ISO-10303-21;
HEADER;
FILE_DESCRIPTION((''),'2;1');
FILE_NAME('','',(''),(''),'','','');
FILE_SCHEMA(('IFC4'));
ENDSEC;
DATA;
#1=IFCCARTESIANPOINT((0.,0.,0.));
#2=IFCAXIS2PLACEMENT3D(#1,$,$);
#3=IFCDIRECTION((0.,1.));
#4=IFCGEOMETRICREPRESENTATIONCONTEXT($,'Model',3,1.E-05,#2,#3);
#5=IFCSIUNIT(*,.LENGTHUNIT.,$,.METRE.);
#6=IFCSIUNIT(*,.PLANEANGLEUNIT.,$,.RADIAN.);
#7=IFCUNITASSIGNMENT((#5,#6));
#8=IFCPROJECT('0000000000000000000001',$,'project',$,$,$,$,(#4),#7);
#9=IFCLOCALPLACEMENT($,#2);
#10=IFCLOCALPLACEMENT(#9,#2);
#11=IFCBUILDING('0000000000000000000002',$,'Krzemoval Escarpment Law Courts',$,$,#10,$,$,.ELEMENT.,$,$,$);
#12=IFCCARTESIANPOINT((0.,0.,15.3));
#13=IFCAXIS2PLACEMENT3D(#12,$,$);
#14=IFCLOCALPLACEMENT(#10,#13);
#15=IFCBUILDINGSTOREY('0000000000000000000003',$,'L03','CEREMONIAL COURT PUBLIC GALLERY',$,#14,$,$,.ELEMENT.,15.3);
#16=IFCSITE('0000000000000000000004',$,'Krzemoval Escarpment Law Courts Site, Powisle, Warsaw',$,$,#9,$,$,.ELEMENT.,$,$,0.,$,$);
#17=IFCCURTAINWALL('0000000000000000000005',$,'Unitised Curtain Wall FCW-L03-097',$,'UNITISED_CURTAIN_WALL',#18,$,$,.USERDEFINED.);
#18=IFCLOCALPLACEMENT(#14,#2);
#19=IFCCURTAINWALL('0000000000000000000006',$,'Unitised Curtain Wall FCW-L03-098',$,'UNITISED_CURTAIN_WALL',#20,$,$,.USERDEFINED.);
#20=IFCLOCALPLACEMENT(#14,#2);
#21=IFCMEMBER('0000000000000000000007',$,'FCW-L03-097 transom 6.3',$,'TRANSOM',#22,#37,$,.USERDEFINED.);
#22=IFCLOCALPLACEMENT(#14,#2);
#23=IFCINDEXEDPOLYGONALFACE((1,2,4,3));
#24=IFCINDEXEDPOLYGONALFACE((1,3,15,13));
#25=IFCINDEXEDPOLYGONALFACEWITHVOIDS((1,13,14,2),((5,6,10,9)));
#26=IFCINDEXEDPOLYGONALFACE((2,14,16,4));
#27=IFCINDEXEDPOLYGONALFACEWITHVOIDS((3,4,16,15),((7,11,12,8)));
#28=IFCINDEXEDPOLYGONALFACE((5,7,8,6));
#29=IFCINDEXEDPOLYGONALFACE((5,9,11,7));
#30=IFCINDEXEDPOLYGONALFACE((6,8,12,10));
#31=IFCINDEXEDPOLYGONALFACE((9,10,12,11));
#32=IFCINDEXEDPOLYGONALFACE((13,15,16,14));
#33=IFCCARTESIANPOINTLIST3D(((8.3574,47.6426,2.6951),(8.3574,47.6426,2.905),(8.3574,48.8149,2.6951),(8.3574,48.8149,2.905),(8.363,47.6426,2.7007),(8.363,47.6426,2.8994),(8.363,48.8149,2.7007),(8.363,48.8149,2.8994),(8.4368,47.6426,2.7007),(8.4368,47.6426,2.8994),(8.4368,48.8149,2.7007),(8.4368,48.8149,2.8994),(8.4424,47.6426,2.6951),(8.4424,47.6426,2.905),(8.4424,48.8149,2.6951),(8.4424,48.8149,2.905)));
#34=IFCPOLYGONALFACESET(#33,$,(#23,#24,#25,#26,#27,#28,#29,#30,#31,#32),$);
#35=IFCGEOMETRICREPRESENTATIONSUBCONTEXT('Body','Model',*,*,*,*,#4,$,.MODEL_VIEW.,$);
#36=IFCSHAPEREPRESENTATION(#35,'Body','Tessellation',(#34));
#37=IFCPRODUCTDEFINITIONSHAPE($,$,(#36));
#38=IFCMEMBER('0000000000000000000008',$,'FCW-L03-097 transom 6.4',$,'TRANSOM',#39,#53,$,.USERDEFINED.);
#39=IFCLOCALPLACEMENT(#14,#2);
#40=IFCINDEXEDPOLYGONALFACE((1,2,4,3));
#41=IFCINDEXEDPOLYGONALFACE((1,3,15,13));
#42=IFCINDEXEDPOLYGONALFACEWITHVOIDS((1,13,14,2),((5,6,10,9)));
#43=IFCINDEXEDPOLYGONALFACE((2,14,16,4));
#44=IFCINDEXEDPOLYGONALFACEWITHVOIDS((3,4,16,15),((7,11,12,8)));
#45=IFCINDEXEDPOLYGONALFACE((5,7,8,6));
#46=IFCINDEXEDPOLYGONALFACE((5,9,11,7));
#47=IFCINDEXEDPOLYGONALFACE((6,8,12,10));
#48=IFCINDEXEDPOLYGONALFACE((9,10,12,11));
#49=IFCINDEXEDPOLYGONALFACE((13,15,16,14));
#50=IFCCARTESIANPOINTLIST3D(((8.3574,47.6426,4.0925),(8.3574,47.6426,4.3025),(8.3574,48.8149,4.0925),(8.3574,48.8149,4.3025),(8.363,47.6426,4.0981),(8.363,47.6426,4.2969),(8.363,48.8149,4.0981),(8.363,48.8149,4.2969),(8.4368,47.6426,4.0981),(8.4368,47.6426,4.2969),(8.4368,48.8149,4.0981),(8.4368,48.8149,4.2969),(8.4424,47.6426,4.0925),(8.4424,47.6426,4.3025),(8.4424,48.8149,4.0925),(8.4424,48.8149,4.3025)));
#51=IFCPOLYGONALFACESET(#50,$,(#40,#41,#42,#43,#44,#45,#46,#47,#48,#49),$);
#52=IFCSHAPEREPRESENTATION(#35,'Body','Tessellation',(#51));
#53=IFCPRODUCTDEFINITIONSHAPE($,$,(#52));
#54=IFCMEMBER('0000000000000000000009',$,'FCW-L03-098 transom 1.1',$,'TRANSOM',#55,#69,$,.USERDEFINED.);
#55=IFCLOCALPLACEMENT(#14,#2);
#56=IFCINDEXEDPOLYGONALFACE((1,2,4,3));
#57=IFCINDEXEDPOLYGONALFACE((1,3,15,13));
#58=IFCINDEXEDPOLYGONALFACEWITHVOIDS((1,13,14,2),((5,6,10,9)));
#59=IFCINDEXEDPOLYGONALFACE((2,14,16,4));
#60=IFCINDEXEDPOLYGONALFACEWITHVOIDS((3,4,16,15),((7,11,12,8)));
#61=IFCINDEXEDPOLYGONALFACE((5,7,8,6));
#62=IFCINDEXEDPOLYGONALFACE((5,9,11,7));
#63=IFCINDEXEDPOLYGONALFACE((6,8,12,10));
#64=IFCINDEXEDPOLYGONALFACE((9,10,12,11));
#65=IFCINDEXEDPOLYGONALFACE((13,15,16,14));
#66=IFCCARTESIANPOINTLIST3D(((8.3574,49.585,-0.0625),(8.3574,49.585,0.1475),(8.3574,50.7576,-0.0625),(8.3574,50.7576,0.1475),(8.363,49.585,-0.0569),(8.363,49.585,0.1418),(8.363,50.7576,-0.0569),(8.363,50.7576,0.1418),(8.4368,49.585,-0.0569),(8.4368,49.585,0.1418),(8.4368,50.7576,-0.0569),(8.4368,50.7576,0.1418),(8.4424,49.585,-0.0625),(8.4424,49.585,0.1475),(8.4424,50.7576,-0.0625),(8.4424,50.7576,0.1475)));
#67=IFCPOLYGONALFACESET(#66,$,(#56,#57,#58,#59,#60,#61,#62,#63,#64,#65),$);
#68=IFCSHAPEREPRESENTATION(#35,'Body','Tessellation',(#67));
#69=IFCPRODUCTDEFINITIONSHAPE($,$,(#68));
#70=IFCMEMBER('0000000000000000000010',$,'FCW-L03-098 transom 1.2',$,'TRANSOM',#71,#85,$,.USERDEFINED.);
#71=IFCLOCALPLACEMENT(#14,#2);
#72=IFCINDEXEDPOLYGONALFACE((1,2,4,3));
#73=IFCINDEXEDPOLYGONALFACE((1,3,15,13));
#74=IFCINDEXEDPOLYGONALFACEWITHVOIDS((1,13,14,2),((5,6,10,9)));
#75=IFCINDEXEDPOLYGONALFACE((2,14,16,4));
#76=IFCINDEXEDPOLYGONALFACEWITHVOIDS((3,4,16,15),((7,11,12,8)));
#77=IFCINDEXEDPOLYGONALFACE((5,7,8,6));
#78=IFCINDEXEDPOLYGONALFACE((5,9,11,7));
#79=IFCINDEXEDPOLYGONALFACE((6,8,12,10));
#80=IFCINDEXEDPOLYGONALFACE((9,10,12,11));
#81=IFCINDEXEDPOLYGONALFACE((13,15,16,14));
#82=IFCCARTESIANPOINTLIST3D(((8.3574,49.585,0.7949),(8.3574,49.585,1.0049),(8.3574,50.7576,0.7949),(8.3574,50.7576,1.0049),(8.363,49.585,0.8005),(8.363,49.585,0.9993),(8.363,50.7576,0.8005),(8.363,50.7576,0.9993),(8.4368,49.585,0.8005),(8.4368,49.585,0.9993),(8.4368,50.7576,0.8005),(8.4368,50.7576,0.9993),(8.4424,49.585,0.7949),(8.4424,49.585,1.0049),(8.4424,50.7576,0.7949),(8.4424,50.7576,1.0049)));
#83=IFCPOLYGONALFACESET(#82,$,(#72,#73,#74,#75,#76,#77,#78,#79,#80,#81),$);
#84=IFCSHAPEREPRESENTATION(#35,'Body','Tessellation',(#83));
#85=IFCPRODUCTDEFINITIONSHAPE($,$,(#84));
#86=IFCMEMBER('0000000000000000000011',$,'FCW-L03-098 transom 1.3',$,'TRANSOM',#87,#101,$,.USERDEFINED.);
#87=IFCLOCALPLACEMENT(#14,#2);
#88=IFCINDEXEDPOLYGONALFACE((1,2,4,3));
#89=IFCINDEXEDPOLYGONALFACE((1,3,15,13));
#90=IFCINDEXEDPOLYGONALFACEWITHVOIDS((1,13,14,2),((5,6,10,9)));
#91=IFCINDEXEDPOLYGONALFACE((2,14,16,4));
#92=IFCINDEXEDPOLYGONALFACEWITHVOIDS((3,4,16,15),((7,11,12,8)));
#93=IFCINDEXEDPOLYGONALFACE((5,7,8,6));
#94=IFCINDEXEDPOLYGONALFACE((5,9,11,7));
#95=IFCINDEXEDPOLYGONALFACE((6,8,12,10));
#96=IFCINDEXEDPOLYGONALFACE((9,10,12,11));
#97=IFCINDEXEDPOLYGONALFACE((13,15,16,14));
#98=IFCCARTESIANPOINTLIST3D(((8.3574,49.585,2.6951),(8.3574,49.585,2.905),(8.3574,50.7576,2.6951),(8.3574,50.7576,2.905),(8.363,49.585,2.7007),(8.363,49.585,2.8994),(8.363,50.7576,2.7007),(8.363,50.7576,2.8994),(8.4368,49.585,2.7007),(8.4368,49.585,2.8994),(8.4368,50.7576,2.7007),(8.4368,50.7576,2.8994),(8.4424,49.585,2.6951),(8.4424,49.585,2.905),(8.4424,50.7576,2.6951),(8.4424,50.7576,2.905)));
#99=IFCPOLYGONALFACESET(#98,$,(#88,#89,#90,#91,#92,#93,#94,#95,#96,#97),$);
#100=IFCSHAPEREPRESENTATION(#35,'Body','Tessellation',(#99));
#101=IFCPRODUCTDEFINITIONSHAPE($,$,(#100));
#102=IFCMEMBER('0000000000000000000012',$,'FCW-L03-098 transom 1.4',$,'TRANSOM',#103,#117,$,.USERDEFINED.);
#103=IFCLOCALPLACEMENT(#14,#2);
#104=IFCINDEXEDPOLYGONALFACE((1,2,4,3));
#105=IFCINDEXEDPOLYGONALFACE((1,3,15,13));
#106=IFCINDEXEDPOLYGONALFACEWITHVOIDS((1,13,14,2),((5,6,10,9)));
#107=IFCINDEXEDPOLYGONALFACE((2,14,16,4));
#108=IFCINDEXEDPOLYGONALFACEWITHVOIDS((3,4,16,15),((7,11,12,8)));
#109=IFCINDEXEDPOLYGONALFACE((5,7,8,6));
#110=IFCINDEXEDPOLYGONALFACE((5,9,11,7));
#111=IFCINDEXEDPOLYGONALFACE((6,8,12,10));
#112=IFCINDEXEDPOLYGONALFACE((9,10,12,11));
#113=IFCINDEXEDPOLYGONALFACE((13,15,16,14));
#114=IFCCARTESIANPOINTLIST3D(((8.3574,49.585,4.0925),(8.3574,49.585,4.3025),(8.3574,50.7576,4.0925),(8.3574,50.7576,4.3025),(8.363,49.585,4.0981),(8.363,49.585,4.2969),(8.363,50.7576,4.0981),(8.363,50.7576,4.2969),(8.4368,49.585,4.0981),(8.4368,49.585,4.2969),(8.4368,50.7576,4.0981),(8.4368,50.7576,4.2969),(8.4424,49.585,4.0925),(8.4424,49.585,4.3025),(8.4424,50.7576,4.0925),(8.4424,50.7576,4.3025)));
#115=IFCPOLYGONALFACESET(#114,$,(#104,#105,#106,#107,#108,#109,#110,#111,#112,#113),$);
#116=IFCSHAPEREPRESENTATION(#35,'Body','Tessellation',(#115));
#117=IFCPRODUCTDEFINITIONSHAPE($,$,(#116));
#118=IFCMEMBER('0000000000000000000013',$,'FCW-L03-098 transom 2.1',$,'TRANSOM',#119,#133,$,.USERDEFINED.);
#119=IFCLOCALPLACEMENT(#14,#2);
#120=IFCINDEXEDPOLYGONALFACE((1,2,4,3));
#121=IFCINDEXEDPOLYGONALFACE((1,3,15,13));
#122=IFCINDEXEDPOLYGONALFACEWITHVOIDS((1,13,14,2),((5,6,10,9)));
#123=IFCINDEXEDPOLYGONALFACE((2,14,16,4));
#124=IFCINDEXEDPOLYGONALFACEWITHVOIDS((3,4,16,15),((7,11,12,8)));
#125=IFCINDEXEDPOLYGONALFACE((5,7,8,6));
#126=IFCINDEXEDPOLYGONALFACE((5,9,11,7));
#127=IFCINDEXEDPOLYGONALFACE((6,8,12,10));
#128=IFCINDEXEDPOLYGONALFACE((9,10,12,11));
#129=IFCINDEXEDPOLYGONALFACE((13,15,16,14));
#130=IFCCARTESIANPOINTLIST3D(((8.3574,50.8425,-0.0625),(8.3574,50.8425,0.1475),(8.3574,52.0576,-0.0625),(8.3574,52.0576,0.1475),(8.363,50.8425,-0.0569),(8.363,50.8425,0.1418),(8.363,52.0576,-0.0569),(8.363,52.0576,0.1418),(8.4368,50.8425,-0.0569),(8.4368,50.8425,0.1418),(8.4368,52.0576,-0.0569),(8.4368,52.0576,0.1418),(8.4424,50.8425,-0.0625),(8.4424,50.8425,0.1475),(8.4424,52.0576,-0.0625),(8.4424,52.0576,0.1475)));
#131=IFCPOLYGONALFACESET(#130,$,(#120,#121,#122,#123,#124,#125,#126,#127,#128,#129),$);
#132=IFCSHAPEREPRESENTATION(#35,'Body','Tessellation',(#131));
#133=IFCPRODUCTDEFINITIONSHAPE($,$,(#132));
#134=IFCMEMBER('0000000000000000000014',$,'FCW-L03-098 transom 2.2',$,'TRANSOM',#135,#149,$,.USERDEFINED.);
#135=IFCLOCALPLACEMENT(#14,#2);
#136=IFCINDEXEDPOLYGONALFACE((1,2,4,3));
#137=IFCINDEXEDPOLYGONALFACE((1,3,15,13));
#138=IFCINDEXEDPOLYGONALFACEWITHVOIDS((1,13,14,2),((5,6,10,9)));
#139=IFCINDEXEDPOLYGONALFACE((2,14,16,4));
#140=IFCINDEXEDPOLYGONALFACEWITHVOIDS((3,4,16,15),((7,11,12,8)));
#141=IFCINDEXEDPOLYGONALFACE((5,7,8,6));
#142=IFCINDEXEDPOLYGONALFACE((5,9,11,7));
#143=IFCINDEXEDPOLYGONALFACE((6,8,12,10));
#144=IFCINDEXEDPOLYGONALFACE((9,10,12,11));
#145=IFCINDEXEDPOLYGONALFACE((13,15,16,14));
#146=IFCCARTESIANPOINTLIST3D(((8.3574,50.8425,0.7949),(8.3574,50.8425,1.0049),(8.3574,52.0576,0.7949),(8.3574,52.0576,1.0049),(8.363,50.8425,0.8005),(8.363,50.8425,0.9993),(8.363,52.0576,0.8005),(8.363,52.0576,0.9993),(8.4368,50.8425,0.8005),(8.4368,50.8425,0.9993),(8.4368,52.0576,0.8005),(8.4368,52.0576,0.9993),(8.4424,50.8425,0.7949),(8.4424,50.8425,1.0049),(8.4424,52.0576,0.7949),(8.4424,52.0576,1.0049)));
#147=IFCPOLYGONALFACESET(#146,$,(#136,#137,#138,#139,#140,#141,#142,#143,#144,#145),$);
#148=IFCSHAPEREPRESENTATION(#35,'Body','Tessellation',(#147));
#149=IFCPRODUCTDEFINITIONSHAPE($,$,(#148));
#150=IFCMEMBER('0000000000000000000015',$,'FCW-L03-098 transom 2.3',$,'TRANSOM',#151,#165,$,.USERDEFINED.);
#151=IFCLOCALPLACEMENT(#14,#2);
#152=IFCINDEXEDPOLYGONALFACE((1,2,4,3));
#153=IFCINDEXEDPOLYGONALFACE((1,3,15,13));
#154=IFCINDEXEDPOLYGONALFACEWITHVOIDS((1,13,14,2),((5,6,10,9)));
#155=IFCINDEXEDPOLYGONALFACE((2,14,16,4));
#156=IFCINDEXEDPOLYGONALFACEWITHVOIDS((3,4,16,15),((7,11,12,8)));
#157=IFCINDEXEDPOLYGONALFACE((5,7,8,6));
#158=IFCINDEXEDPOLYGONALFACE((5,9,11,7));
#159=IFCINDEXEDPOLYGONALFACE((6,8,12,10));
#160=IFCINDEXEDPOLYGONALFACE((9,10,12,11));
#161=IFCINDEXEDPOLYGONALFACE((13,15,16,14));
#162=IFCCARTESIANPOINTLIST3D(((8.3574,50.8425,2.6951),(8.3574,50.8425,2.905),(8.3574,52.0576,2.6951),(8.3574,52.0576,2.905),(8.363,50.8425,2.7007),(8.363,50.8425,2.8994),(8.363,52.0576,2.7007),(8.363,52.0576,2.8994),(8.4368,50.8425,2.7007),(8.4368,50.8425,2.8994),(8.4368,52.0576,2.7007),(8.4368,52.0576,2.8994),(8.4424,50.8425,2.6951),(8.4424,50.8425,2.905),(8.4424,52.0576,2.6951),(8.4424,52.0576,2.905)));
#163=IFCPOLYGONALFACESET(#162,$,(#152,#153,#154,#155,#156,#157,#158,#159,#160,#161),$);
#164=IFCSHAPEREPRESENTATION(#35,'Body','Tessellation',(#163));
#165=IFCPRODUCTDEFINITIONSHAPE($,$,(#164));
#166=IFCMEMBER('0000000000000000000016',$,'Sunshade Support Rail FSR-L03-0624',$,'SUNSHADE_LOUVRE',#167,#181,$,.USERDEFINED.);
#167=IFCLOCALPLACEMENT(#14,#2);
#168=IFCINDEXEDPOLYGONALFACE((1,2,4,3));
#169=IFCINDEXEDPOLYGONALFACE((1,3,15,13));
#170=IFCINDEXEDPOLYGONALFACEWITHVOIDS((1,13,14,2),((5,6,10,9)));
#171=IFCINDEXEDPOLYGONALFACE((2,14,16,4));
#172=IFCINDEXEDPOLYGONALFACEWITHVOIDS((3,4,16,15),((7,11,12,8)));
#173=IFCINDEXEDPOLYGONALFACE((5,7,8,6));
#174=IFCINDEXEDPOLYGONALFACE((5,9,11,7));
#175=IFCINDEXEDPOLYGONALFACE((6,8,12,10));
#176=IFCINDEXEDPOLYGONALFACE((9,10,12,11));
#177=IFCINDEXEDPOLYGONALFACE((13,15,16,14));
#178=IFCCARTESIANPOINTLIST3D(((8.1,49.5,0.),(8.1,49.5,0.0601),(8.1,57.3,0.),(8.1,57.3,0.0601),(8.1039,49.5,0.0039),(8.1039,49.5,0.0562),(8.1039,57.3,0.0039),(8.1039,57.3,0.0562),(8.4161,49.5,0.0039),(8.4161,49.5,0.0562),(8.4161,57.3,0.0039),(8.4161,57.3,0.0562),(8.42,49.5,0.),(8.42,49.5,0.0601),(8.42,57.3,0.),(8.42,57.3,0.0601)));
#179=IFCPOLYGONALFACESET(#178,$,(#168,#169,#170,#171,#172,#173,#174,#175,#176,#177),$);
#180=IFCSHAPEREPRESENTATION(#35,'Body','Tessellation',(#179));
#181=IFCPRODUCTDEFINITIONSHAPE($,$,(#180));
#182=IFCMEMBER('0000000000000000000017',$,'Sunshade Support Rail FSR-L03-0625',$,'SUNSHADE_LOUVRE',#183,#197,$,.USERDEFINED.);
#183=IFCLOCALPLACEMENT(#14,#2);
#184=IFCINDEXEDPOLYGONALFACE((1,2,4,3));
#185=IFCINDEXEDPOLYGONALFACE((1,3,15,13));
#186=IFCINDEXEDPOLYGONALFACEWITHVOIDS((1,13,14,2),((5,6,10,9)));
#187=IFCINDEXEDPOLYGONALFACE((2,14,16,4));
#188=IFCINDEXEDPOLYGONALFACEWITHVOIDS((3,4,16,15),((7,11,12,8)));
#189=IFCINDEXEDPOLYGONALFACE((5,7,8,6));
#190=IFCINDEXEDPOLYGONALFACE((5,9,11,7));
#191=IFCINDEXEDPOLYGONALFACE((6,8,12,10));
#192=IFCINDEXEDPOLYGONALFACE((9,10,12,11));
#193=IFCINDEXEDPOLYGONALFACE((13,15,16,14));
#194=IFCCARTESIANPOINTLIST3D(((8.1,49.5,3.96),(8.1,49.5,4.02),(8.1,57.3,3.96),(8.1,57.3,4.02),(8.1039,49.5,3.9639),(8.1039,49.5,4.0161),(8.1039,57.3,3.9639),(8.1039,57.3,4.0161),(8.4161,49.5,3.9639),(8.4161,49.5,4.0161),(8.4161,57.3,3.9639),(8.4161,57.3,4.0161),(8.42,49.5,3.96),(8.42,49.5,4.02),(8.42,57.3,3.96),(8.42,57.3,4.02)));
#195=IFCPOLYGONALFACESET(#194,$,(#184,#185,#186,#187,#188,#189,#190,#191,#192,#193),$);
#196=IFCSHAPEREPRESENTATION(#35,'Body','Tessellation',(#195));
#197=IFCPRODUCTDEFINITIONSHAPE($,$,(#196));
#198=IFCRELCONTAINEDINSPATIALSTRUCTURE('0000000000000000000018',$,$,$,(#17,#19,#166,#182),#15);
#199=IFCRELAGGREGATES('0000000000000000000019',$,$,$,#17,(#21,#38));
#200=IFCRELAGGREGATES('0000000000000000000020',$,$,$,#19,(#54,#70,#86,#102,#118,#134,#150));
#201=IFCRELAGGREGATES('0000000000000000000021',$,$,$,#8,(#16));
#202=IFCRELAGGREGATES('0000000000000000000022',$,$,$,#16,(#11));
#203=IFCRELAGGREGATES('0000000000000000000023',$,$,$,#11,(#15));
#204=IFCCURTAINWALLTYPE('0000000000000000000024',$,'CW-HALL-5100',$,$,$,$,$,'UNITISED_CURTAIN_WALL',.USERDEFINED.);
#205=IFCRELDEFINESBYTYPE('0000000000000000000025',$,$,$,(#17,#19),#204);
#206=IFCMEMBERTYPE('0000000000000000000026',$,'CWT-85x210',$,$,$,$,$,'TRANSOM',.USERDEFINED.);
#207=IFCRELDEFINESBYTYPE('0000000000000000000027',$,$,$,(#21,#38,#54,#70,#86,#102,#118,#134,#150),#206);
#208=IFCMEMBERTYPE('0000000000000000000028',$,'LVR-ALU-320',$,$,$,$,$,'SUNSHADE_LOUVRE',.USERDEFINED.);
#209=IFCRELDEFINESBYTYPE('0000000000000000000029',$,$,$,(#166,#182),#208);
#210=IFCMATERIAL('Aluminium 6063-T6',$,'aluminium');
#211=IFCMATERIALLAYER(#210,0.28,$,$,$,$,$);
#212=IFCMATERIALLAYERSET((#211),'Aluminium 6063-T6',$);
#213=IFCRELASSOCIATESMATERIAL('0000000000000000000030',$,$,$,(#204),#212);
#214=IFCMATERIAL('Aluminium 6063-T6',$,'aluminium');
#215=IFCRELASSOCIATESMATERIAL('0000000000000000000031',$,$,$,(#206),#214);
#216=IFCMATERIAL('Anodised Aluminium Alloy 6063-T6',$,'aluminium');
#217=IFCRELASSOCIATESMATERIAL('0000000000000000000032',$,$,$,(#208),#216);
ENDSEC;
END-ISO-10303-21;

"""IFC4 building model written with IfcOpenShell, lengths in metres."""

from ifc_helpers import new_model, si_unit, direction, frame, origin, origin_2d, place, context, subcontext, project, spatial, hollow_rectangle, extrude, material, layer, layer_set, material_profile, profile_set, type_object, element, aggregate, save


model = new_model("IFC4")

# Units and contexts
model_context = context("Model", 3, precision=1e-05, world=origin(), true_north=direction((0.0, 1.0)))
body_context = subcontext(model_context, "Body", "Model", "MODEL_VIEW")
ifc_project = project(units=[si_unit("LENGTHUNIT", "METRE"), si_unit("PLANEANGLEUNIT", "RADIAN")], contexts=[model_context])

# Site, building, storey
site_placement = place(None, origin())
site = spatial("IfcSite", under=ifc_project, at=site_placement, Name="Krzemoval Escarpment Law Courts Site, Powisle, Warsaw", CompositionType="ELEMENT", RefElevation=0.0)
building_placement = place(site_placement, origin())
building = spatial("IfcBuilding", under=site, at=building_placement, Name="Krzemoval Escarpment Law Courts", CompositionType="ELEMENT")
storey_placement = place(building_placement, frame((0.0, 0.0, 15.3)))
storey = spatial("IfcBuildingStorey", under=building, at=storey_placement, Name="L03", Description="CEREMONIAL COURT PUBLIC GALLERY", CompositionType="ELEMENT", Elevation=15.3)

# Curtain walls
ifc_material_1 = material(Name="Aluminium 6063-T6", Category="aluminium")
ifc_layer_1 = layer(ifc_material_1, 0.28)
ifc_layer_set_1 = layer_set([ifc_layer_1], Name="Aluminium 6063-T6")
curtain_wall_type = type_object("IfcCurtainWallType", Name="CW-HALL-5100", ElementType="UNITISED_CURTAIN_WALL", PredefinedType="USERDEFINED", material=ifc_layer_set_1)
curtain_wall_1_placement = place(storey_placement, origin())
curtain_wall_1 = element("IfcCurtainWall", 1, at=curtain_wall_1_placement, inside=storey, type_object=curtain_wall_type, Name="Unitised Curtain Wall FCW-L03-097", ObjectType="UNITISED_CURTAIN_WALL", PredefinedType="USERDEFINED")
curtain_wall_2_placement = place(storey_placement, origin())
curtain_wall_2 = element("IfcCurtainWall", 2, at=curtain_wall_2_placement, inside=storey, type_object=curtain_wall_type, Name="Unitised Curtain Wall FCW-L03-098", ObjectType="UNITISED_CURTAIN_WALL", PredefinedType="USERDEFINED")

# Members
ifc_material_2 = material(Name="Aluminium 6063-T6", Category="aluminium")
ifc_material_profile_1 = material_profile(ifc_material_2, hollow_rectangle(XDim=0.085, YDim=0.21, WallThickness=0.0056, at=origin_2d()), Name="ALU T85x210")
ifc_profile_set_1 = profile_set([ifc_material_profile_1], Name="Aluminium 6063-T6")
member_type_1 = type_object("IfcMemberType", Name="CWT-85x210", ElementType="TRANSOM", PredefinedType="USERDEFINED", material=ifc_profile_set_1)
member_1_placement = place(storey_placement, frame((8.3999, 47.6426, 2.8), z_axis=(0.0, 1.0, 0.0), x_axis=(-1.0, 0.0, 0.0)))
member_1 = element("IfcMember", 3, at=member_1_placement, type_object=member_type_1, Name="FCW-L03-097 transom 6.3", ObjectType="TRANSOM", PredefinedType="USERDEFINED", context=body_context, shape_type="SweptSolid", body=[
    extrude(hollow_rectangle(XDim=0.085, YDim=0.21, WallThickness=0.0056, at=origin_2d()), origin(), (0.0, 0.0, 1.0), 1.1724),
])
member_2_placement = place(storey_placement, frame((8.3999, 47.6426, 4.1975), z_axis=(0.0, 1.0, 0.0), x_axis=(-1.0, 0.0, 0.0)))
member_2 = element("IfcMember", 4, at=member_2_placement, type_object=member_type_1, Name="FCW-L03-097 transom 6.4", ObjectType="TRANSOM", PredefinedType="USERDEFINED", context=body_context, shape_type="SweptSolid", body=[
    extrude(hollow_rectangle(XDim=0.085, YDim=0.21, WallThickness=0.0056, at=origin_2d()), origin(), (0.0, 0.0, 1.0), 1.1724),
])
member_3_placement = place(storey_placement, frame((8.3999, 49.585, 0.0425), z_axis=(0.0, 1.0, 0.0), x_axis=(-1.0, 0.0, 0.0)))
member_3 = element("IfcMember", 5, at=member_3_placement, type_object=member_type_1, Name="FCW-L03-098 transom 1.1", ObjectType="TRANSOM", PredefinedType="USERDEFINED", context=body_context, shape_type="SweptSolid", body=[
    extrude(hollow_rectangle(XDim=0.085, YDim=0.21, WallThickness=0.0056, at=origin_2d()), origin(), (0.0, 0.0, 1.0), 1.1726),
])
member_4_placement = place(storey_placement, frame((8.3999, 49.585, 0.8999), z_axis=(0.0, 1.0, 0.0), x_axis=(-1.0, 0.0, 0.0)))
member_4 = element("IfcMember", 6, at=member_4_placement, type_object=member_type_1, Name="FCW-L03-098 transom 1.2", ObjectType="TRANSOM", PredefinedType="USERDEFINED", context=body_context, shape_type="SweptSolid", body=[
    extrude(hollow_rectangle(XDim=0.085, YDim=0.21, WallThickness=0.0056, at=origin_2d()), origin(), (0.0, 0.0, 1.0), 1.1726),
])
member_5_placement = place(storey_placement, frame((8.3999, 49.585, 2.8), z_axis=(0.0, 1.0, 0.0), x_axis=(-1.0, 0.0, 0.0)))
member_5 = element("IfcMember", 7, at=member_5_placement, type_object=member_type_1, Name="FCW-L03-098 transom 1.3", ObjectType="TRANSOM", PredefinedType="USERDEFINED", context=body_context, shape_type="SweptSolid", body=[
    extrude(hollow_rectangle(XDim=0.085, YDim=0.21, WallThickness=0.0056, at=origin_2d()), origin(), (0.0, 0.0, 1.0), 1.1726),
])
member_6_placement = place(storey_placement, frame((8.3999, 49.585, 4.1975), z_axis=(0.0, 1.0, 0.0), x_axis=(-1.0, 0.0, 0.0)))
member_6 = element("IfcMember", 8, at=member_6_placement, type_object=member_type_1, Name="FCW-L03-098 transom 1.4", ObjectType="TRANSOM", PredefinedType="USERDEFINED", context=body_context, shape_type="SweptSolid", body=[
    extrude(hollow_rectangle(XDim=0.085, YDim=0.21, WallThickness=0.0056, at=origin_2d()), origin(), (0.0, 0.0, 1.0), 1.1726),
])
member_7_placement = place(storey_placement, frame((8.3999, 50.8425, 0.0425), z_axis=(0.0, 1.0, 0.0), x_axis=(-1.0, 0.0, 0.0)))
member_7 = element("IfcMember", 9, at=member_7_placement, type_object=member_type_1, Name="FCW-L03-098 transom 2.1", ObjectType="TRANSOM", PredefinedType="USERDEFINED", context=body_context, shape_type="SweptSolid", body=[
    extrude(hollow_rectangle(XDim=0.085, YDim=0.21, WallThickness=0.0056, at=origin_2d()), origin(), (0.0, 0.0, 1.0), 1.2151),
])
member_8_placement = place(storey_placement, frame((8.3999, 50.8425, 0.8999), z_axis=(0.0, 1.0, 0.0), x_axis=(-1.0, 0.0, 0.0)))
member_8 = element("IfcMember", 10, at=member_8_placement, type_object=member_type_1, Name="FCW-L03-098 transom 2.2", ObjectType="TRANSOM", PredefinedType="USERDEFINED", context=body_context, shape_type="SweptSolid", body=[
    extrude(hollow_rectangle(XDim=0.085, YDim=0.21, WallThickness=0.0056, at=origin_2d()), origin(), (0.0, 0.0, 1.0), 1.2151),
])
member_9_placement = place(storey_placement, frame((8.3999, 50.8425, 2.8), z_axis=(0.0, 1.0, 0.0), x_axis=(-1.0, 0.0, 0.0)))
member_9 = element("IfcMember", 11, at=member_9_placement, type_object=member_type_1, Name="FCW-L03-098 transom 2.3", ObjectType="TRANSOM", PredefinedType="USERDEFINED", context=body_context, shape_type="SweptSolid", body=[
    extrude(hollow_rectangle(XDim=0.085, YDim=0.21, WallThickness=0.0056, at=origin_2d()), origin(), (0.0, 0.0, 1.0), 1.2151),
])

# Members
ifc_material_3 = material(Name="Anodised Aluminium Alloy 6063-T6", Category="aluminium")
ifc_material_profile_2 = material_profile(ifc_material_3, hollow_rectangle(XDim=0.0601, YDim=0.3201, WallThickness=0.0039, at=origin_2d()), Name="ALU LVR 60x320")
ifc_profile_set_2 = profile_set([ifc_material_profile_2], Name="Anodised Aluminium Alloy 6063-T6")
member_type_2 = type_object("IfcMemberType", Name="LVR-ALU-320", ElementType="SUNSHADE_LOUVRE", PredefinedType="USERDEFINED", material=ifc_profile_set_2)
for number, where, z_axis, x_axis, name in (
    (12, (8.26, 49.5, 0.03), (0.0, 1.0, 0.0), (0.0, 0.0, 1.0), "Sunshade Support Rail FSR-L03-0624"),
    (13, (8.26, 49.5, 3.99), (0.0, 1.0, 0.0), (0.0, 0.0, 1.0), "Sunshade Support Rail FSR-L03-0625"),
):
    element("IfcMember", number, at=place(storey_placement, frame(where, z_axis=z_axis, x_axis=x_axis)), inside=storey, type_object=member_type_2, Name=name, ObjectType="SUNSHADE_LOUVRE", PredefinedType="USERDEFINED", context=body_context, shape_type="SweptSolid", body=[
        extrude(hollow_rectangle(XDim=0.0601, YDim=0.3201, WallThickness=0.0039, at=origin_2d()), origin(), (0.0, 0.0, 1.0), 7.8),
    ])

aggregate(curtain_wall_1, [member_1, member_2])
aggregate(curtain_wall_2, [member_3, member_4, member_5, member_6, member_7, member_8, member_9])

save(model, "model.ifc")
